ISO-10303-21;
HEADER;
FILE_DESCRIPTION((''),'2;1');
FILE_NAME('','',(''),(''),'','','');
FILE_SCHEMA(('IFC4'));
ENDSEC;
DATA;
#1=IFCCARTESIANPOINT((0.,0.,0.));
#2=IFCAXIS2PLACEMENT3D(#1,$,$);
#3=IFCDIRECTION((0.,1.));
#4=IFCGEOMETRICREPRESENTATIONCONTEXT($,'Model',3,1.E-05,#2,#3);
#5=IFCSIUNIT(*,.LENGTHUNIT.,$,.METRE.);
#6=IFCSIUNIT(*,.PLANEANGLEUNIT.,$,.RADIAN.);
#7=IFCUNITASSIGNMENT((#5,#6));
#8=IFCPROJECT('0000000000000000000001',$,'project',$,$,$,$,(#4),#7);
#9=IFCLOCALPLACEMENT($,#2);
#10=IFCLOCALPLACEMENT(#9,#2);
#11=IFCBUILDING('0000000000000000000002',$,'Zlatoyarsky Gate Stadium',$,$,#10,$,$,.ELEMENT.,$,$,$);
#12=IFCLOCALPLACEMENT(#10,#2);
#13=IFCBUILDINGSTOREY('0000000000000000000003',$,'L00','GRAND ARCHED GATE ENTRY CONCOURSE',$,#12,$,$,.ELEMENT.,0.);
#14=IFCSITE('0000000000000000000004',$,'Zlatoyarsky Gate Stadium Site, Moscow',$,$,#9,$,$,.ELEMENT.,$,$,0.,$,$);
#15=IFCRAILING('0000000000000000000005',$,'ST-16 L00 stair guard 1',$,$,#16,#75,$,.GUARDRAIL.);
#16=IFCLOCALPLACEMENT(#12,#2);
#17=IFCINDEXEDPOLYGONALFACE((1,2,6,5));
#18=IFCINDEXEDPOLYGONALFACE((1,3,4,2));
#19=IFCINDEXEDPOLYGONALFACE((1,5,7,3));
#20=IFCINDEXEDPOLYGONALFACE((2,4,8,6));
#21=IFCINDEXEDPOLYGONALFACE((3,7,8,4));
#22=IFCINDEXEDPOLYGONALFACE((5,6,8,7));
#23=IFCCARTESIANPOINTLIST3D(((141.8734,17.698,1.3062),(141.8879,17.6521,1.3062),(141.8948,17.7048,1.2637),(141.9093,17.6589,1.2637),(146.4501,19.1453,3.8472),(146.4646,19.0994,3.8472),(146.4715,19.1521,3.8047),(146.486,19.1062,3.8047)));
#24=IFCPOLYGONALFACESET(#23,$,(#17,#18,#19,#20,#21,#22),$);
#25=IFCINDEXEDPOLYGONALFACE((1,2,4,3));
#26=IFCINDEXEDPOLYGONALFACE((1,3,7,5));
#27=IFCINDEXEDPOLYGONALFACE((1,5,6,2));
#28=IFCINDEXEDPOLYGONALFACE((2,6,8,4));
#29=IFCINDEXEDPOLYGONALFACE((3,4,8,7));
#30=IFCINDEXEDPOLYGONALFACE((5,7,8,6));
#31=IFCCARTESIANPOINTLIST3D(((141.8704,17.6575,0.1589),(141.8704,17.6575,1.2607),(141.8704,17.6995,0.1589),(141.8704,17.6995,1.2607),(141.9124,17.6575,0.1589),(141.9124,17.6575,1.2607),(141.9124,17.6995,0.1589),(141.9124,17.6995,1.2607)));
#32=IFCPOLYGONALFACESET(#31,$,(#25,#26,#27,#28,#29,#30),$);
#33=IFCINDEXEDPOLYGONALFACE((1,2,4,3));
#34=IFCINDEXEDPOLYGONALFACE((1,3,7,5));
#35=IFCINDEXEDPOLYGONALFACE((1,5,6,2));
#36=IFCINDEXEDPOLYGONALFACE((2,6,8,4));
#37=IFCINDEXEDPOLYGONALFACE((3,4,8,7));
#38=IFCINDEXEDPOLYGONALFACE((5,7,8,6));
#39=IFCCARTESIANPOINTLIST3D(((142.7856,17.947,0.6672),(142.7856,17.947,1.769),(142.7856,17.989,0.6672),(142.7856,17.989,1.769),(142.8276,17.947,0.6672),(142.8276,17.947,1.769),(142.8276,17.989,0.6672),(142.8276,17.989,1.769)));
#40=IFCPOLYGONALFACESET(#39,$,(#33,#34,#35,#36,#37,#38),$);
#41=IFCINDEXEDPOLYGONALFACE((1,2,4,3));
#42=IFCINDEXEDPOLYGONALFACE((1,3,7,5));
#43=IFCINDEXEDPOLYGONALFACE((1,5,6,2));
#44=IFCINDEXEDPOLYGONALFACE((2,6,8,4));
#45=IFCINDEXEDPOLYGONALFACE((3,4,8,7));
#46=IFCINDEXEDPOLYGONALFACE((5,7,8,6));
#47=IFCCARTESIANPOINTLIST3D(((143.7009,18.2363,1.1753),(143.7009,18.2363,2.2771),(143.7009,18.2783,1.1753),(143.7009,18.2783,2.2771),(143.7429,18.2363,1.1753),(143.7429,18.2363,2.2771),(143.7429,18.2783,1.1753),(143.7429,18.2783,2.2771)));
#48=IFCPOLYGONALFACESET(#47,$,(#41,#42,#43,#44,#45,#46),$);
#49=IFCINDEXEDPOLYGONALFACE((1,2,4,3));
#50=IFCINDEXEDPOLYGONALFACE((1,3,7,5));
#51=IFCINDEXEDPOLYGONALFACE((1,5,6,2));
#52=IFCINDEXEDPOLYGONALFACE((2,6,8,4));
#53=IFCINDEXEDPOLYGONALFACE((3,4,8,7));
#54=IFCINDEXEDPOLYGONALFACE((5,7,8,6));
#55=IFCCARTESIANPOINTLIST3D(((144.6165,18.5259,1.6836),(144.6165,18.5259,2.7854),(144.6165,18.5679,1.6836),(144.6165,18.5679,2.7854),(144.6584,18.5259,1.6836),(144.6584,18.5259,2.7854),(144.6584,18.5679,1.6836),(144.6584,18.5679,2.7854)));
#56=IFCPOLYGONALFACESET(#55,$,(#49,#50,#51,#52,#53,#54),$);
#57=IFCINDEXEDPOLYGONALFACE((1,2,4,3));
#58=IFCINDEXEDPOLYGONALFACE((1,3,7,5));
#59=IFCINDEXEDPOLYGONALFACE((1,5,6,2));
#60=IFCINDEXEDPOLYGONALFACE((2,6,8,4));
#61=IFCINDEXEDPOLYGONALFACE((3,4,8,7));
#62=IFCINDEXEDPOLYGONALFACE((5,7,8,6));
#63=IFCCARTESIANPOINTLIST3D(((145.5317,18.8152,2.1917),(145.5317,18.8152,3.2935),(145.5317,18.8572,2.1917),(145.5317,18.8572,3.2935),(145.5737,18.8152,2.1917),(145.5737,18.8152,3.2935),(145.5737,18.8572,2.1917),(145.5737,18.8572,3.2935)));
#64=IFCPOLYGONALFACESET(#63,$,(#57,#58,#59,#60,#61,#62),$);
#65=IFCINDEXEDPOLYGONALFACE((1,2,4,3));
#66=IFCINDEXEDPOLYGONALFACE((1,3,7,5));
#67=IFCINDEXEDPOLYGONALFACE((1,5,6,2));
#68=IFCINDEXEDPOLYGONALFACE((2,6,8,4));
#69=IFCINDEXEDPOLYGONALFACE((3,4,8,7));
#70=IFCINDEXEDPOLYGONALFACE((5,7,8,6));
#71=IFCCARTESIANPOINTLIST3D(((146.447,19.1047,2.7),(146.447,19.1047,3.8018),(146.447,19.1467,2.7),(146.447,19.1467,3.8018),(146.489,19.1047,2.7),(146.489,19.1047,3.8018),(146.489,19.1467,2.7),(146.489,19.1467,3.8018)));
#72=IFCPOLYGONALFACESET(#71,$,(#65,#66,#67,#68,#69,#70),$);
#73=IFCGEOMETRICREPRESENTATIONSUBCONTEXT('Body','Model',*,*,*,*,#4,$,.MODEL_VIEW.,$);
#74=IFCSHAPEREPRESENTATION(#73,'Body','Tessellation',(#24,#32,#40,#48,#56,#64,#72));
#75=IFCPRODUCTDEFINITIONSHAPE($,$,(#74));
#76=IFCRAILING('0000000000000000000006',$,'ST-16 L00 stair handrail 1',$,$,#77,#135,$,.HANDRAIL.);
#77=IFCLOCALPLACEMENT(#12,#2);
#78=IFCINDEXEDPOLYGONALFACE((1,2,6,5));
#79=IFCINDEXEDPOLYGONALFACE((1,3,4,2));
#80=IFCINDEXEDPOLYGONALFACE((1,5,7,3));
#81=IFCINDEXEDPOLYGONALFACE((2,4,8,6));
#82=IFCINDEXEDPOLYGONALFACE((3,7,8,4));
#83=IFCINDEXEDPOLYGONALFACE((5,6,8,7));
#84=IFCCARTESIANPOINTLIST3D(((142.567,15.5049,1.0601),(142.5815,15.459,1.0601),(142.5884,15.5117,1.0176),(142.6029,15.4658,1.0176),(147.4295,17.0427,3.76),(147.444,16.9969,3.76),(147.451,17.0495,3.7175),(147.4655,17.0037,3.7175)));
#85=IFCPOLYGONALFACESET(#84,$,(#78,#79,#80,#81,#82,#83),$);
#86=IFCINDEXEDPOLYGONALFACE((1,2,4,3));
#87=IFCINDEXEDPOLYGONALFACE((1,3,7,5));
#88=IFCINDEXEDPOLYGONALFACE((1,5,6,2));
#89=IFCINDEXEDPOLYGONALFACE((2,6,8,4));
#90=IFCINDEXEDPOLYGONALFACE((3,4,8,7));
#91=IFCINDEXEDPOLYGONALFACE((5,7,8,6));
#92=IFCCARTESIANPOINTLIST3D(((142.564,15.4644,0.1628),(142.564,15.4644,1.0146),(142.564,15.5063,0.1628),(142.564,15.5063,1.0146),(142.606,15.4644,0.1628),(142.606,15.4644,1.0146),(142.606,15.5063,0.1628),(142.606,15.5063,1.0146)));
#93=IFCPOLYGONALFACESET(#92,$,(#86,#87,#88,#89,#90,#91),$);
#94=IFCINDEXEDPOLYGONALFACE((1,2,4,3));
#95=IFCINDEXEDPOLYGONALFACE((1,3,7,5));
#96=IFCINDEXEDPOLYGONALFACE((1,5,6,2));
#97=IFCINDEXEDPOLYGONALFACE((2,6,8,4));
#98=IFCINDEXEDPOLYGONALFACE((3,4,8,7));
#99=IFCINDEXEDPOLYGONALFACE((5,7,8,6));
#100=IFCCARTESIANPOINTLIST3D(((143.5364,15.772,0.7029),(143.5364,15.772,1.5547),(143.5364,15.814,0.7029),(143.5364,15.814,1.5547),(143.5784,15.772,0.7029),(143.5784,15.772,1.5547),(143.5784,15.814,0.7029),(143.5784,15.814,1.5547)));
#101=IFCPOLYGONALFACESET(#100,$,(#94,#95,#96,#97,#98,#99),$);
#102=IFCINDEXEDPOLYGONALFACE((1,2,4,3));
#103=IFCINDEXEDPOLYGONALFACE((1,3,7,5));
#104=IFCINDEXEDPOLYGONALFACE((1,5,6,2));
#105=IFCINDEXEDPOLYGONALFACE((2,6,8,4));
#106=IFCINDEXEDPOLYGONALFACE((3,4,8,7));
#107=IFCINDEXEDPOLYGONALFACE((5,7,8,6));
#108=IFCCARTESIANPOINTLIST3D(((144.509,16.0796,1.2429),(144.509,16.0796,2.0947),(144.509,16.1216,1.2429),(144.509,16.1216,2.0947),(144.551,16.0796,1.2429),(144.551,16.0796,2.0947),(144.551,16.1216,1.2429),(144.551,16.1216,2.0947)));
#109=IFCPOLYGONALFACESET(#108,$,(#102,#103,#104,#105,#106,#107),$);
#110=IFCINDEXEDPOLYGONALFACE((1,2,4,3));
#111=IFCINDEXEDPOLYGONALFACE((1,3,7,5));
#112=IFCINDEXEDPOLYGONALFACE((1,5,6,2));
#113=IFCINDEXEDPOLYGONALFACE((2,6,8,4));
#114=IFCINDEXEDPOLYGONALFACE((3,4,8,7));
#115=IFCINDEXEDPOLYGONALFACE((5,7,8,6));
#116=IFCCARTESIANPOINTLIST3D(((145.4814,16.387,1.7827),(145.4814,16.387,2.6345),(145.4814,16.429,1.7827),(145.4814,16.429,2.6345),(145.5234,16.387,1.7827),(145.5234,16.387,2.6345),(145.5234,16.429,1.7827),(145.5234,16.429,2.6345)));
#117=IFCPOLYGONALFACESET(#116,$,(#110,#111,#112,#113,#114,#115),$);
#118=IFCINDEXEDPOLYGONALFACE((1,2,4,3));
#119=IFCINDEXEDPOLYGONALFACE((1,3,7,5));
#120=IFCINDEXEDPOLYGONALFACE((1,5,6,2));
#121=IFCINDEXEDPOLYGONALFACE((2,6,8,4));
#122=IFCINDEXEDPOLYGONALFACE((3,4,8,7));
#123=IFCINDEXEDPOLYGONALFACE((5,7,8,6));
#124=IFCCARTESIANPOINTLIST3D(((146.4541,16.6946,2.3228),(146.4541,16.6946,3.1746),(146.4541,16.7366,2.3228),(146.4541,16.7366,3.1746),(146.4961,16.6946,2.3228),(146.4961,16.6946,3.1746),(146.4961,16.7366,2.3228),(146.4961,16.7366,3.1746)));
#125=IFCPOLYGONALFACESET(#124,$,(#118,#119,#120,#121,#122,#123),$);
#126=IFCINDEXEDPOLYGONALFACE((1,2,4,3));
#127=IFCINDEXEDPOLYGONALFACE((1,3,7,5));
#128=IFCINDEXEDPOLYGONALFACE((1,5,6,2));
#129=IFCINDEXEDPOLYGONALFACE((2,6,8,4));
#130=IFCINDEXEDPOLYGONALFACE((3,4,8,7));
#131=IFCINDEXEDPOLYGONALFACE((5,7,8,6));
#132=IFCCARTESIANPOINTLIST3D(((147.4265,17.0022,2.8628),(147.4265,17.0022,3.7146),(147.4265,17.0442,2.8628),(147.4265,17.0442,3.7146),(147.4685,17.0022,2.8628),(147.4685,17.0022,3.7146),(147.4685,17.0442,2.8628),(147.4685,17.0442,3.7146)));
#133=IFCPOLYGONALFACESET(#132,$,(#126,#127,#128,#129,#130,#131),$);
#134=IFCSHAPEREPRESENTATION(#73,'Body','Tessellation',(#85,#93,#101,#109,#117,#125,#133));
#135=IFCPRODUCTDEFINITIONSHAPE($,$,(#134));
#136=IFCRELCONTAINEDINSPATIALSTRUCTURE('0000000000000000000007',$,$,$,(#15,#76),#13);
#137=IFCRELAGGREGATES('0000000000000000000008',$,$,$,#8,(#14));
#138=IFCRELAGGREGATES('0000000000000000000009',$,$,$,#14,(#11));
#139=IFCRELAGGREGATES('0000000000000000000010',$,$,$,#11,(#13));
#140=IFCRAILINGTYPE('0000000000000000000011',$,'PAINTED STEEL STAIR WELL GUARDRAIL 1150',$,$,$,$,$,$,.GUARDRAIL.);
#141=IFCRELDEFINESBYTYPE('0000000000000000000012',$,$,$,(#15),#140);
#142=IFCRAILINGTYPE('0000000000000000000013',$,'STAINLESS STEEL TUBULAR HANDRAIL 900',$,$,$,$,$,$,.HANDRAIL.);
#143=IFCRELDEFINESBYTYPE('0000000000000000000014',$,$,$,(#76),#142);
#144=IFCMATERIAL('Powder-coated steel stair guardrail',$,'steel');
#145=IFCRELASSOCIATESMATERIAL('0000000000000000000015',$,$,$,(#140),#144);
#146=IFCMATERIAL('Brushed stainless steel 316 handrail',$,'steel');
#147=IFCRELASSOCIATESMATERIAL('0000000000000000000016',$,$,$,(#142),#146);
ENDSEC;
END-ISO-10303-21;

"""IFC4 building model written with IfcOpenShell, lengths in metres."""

from ifc_helpers import new_model, si_unit, direction, frame, origin, origin_2d, place, context, subcontext, project, spatial, rectangle, extrude, material, type_object, element, save


model = new_model("IFC4")

# Units and contexts
model_context = context("Model", 3, precision=1e-05, world=origin(), true_north=direction((0.0, 1.0)))
body_context = subcontext(model_context, "Body", "Model", "MODEL_VIEW")
ifc_project = project(units=[si_unit("LENGTHUNIT", "METRE"), si_unit("PLANEANGLEUNIT", "RADIAN")], contexts=[model_context])

# Site, building, storey
site_placement = place(None, origin())
site = spatial("IfcSite", under=ifc_project, at=site_placement, Name="Zlatoyarsky Gate Stadium Site, Moscow", CompositionType="ELEMENT", RefElevation=0.0)
building_placement = place(site_placement, origin())
building = spatial("IfcBuilding", under=site, at=building_placement, Name="Zlatoyarsky Gate Stadium", CompositionType="ELEMENT")
storey_placement = place(building_placement, origin())
storey = spatial("IfcBuildingStorey", under=building, at=storey_placement, Name="L00", Description="GRAND ARCHED GATE ENTRY CONCOURSE", CompositionType="ELEMENT", Elevation=0.0)

# Railings
ifc_material_1 = material(Name="Powder-coated steel stair guardrail", Category="steel")
railing_type_1 = type_object("IfcRailingType", Name="PAINTED STEEL STAIR WELL GUARDRAIL 1150", PredefinedType="GUARDRAIL", material=ifc_material_1)
railing_1_placement = place(storey_placement, frame((141.8914, 17.6785, 0.1589)))
element("IfcRailing", 1, at=railing_1_placement, inside=storey, type_object=railing_type_1, Name="ST-16 L00 stair guard 1", PredefinedType="GUARDRAIL", context=body_context, shape_type="SweptSolid", body=[
    extrude(rectangle(XDim=0.0481, YDim=0.0481, at=origin_2d()), frame((0.0, 0.0, 1.126), z_axis=(0.842672, 0.266476, 0.467861), x_axis=(-0.301511, 0.953463, 0.0)), (0.0, 0.0, 1.0), 5.4312),
    extrude(rectangle(XDim=0.042, YDim=0.042, at=origin_2d()), origin(), (0.0, 0.0, 1.0), 1.1018),
    extrude(rectangle(XDim=0.042, YDim=0.042, at=origin_2d()), frame((0.9153, 0.2896, 0.5083)), (0.0, 0.0, 1.0), 1.1018),
    extrude(rectangle(XDim=0.042, YDim=0.042, at=origin_2d()), frame((1.8306, 0.5789, 1.0164)), (0.0, 0.0, 1.0), 1.1018),
    extrude(rectangle(XDim=0.042, YDim=0.042, at=origin_2d()), frame((2.7461, 0.8684, 1.5247)), (0.0, 0.0, 1.0), 1.1018),
    extrude(rectangle(XDim=0.042, YDim=0.042, at=origin_2d()), frame((3.6614, 1.1577, 2.0327)), (0.0, 0.0, 1.0), 1.1018),
    extrude(rectangle(XDim=0.042, YDim=0.042, at=origin_2d()), frame((4.5767, 1.4473, 2.541)), (0.0, 0.0, 1.0), 1.1018),
])
ifc_material_2 = material(Name="Brushed stainless steel 316 handrail", Category="steel")
railing_type_2 = type_object("IfcRailingType", Name="STAINLESS STEEL TUBULAR HANDRAIL 900", PredefinedType="HANDRAIL", material=ifc_material_2)
railing_2_placement = place(storey_placement, frame((142.585, 15.4854, 0.1628)))
element("IfcRailing", 2, at=railing_2_placement, inside=storey, type_object=railing_type_2, Name="ST-16 L00 stair handrail 1", PredefinedType="HANDRAIL", context=body_context, shape_type="SweptSolid", body=[
    extrude(rectangle(XDim=0.0481, YDim=0.0481, at=origin_2d()), frame((0.0, 0.0, 0.876), z_axis=(0.842651, 0.266499, 0.467886), x_axis=(-0.301541, 0.953453, 0.0)), (0.0, 0.0, 1.0), 5.7705),
    extrude(rectangle(XDim=0.042, YDim=0.042, at=origin_2d()), origin(), (0.0, 0.0, 1.0), 0.8518),
    extrude(rectangle(XDim=0.042, YDim=0.042, at=origin_2d()), frame((0.9724, 0.3076, 0.54)), (0.0, 0.0, 1.0), 0.8518),
    extrude(rectangle(XDim=0.042, YDim=0.042, at=origin_2d()), frame((1.9451, 0.6152, 1.0801)), (0.0, 0.0, 1.0), 0.8518),
    extrude(rectangle(XDim=0.042, YDim=0.042, at=origin_2d()), frame((2.9175, 0.9226, 1.6199)), (0.0, 0.0, 1.0), 0.8518),
    extrude(rectangle(XDim=0.042, YDim=0.042, at=origin_2d()), frame((3.8901, 1.2302, 2.1599)), (0.0, 0.0, 1.0), 0.8518),
    extrude(rectangle(XDim=0.042, YDim=0.042, at=origin_2d()), frame((4.8625, 1.5378, 2.7)), (0.0, 0.0, 1.0), 0.8518),
])

save(model, "model.ifc")
